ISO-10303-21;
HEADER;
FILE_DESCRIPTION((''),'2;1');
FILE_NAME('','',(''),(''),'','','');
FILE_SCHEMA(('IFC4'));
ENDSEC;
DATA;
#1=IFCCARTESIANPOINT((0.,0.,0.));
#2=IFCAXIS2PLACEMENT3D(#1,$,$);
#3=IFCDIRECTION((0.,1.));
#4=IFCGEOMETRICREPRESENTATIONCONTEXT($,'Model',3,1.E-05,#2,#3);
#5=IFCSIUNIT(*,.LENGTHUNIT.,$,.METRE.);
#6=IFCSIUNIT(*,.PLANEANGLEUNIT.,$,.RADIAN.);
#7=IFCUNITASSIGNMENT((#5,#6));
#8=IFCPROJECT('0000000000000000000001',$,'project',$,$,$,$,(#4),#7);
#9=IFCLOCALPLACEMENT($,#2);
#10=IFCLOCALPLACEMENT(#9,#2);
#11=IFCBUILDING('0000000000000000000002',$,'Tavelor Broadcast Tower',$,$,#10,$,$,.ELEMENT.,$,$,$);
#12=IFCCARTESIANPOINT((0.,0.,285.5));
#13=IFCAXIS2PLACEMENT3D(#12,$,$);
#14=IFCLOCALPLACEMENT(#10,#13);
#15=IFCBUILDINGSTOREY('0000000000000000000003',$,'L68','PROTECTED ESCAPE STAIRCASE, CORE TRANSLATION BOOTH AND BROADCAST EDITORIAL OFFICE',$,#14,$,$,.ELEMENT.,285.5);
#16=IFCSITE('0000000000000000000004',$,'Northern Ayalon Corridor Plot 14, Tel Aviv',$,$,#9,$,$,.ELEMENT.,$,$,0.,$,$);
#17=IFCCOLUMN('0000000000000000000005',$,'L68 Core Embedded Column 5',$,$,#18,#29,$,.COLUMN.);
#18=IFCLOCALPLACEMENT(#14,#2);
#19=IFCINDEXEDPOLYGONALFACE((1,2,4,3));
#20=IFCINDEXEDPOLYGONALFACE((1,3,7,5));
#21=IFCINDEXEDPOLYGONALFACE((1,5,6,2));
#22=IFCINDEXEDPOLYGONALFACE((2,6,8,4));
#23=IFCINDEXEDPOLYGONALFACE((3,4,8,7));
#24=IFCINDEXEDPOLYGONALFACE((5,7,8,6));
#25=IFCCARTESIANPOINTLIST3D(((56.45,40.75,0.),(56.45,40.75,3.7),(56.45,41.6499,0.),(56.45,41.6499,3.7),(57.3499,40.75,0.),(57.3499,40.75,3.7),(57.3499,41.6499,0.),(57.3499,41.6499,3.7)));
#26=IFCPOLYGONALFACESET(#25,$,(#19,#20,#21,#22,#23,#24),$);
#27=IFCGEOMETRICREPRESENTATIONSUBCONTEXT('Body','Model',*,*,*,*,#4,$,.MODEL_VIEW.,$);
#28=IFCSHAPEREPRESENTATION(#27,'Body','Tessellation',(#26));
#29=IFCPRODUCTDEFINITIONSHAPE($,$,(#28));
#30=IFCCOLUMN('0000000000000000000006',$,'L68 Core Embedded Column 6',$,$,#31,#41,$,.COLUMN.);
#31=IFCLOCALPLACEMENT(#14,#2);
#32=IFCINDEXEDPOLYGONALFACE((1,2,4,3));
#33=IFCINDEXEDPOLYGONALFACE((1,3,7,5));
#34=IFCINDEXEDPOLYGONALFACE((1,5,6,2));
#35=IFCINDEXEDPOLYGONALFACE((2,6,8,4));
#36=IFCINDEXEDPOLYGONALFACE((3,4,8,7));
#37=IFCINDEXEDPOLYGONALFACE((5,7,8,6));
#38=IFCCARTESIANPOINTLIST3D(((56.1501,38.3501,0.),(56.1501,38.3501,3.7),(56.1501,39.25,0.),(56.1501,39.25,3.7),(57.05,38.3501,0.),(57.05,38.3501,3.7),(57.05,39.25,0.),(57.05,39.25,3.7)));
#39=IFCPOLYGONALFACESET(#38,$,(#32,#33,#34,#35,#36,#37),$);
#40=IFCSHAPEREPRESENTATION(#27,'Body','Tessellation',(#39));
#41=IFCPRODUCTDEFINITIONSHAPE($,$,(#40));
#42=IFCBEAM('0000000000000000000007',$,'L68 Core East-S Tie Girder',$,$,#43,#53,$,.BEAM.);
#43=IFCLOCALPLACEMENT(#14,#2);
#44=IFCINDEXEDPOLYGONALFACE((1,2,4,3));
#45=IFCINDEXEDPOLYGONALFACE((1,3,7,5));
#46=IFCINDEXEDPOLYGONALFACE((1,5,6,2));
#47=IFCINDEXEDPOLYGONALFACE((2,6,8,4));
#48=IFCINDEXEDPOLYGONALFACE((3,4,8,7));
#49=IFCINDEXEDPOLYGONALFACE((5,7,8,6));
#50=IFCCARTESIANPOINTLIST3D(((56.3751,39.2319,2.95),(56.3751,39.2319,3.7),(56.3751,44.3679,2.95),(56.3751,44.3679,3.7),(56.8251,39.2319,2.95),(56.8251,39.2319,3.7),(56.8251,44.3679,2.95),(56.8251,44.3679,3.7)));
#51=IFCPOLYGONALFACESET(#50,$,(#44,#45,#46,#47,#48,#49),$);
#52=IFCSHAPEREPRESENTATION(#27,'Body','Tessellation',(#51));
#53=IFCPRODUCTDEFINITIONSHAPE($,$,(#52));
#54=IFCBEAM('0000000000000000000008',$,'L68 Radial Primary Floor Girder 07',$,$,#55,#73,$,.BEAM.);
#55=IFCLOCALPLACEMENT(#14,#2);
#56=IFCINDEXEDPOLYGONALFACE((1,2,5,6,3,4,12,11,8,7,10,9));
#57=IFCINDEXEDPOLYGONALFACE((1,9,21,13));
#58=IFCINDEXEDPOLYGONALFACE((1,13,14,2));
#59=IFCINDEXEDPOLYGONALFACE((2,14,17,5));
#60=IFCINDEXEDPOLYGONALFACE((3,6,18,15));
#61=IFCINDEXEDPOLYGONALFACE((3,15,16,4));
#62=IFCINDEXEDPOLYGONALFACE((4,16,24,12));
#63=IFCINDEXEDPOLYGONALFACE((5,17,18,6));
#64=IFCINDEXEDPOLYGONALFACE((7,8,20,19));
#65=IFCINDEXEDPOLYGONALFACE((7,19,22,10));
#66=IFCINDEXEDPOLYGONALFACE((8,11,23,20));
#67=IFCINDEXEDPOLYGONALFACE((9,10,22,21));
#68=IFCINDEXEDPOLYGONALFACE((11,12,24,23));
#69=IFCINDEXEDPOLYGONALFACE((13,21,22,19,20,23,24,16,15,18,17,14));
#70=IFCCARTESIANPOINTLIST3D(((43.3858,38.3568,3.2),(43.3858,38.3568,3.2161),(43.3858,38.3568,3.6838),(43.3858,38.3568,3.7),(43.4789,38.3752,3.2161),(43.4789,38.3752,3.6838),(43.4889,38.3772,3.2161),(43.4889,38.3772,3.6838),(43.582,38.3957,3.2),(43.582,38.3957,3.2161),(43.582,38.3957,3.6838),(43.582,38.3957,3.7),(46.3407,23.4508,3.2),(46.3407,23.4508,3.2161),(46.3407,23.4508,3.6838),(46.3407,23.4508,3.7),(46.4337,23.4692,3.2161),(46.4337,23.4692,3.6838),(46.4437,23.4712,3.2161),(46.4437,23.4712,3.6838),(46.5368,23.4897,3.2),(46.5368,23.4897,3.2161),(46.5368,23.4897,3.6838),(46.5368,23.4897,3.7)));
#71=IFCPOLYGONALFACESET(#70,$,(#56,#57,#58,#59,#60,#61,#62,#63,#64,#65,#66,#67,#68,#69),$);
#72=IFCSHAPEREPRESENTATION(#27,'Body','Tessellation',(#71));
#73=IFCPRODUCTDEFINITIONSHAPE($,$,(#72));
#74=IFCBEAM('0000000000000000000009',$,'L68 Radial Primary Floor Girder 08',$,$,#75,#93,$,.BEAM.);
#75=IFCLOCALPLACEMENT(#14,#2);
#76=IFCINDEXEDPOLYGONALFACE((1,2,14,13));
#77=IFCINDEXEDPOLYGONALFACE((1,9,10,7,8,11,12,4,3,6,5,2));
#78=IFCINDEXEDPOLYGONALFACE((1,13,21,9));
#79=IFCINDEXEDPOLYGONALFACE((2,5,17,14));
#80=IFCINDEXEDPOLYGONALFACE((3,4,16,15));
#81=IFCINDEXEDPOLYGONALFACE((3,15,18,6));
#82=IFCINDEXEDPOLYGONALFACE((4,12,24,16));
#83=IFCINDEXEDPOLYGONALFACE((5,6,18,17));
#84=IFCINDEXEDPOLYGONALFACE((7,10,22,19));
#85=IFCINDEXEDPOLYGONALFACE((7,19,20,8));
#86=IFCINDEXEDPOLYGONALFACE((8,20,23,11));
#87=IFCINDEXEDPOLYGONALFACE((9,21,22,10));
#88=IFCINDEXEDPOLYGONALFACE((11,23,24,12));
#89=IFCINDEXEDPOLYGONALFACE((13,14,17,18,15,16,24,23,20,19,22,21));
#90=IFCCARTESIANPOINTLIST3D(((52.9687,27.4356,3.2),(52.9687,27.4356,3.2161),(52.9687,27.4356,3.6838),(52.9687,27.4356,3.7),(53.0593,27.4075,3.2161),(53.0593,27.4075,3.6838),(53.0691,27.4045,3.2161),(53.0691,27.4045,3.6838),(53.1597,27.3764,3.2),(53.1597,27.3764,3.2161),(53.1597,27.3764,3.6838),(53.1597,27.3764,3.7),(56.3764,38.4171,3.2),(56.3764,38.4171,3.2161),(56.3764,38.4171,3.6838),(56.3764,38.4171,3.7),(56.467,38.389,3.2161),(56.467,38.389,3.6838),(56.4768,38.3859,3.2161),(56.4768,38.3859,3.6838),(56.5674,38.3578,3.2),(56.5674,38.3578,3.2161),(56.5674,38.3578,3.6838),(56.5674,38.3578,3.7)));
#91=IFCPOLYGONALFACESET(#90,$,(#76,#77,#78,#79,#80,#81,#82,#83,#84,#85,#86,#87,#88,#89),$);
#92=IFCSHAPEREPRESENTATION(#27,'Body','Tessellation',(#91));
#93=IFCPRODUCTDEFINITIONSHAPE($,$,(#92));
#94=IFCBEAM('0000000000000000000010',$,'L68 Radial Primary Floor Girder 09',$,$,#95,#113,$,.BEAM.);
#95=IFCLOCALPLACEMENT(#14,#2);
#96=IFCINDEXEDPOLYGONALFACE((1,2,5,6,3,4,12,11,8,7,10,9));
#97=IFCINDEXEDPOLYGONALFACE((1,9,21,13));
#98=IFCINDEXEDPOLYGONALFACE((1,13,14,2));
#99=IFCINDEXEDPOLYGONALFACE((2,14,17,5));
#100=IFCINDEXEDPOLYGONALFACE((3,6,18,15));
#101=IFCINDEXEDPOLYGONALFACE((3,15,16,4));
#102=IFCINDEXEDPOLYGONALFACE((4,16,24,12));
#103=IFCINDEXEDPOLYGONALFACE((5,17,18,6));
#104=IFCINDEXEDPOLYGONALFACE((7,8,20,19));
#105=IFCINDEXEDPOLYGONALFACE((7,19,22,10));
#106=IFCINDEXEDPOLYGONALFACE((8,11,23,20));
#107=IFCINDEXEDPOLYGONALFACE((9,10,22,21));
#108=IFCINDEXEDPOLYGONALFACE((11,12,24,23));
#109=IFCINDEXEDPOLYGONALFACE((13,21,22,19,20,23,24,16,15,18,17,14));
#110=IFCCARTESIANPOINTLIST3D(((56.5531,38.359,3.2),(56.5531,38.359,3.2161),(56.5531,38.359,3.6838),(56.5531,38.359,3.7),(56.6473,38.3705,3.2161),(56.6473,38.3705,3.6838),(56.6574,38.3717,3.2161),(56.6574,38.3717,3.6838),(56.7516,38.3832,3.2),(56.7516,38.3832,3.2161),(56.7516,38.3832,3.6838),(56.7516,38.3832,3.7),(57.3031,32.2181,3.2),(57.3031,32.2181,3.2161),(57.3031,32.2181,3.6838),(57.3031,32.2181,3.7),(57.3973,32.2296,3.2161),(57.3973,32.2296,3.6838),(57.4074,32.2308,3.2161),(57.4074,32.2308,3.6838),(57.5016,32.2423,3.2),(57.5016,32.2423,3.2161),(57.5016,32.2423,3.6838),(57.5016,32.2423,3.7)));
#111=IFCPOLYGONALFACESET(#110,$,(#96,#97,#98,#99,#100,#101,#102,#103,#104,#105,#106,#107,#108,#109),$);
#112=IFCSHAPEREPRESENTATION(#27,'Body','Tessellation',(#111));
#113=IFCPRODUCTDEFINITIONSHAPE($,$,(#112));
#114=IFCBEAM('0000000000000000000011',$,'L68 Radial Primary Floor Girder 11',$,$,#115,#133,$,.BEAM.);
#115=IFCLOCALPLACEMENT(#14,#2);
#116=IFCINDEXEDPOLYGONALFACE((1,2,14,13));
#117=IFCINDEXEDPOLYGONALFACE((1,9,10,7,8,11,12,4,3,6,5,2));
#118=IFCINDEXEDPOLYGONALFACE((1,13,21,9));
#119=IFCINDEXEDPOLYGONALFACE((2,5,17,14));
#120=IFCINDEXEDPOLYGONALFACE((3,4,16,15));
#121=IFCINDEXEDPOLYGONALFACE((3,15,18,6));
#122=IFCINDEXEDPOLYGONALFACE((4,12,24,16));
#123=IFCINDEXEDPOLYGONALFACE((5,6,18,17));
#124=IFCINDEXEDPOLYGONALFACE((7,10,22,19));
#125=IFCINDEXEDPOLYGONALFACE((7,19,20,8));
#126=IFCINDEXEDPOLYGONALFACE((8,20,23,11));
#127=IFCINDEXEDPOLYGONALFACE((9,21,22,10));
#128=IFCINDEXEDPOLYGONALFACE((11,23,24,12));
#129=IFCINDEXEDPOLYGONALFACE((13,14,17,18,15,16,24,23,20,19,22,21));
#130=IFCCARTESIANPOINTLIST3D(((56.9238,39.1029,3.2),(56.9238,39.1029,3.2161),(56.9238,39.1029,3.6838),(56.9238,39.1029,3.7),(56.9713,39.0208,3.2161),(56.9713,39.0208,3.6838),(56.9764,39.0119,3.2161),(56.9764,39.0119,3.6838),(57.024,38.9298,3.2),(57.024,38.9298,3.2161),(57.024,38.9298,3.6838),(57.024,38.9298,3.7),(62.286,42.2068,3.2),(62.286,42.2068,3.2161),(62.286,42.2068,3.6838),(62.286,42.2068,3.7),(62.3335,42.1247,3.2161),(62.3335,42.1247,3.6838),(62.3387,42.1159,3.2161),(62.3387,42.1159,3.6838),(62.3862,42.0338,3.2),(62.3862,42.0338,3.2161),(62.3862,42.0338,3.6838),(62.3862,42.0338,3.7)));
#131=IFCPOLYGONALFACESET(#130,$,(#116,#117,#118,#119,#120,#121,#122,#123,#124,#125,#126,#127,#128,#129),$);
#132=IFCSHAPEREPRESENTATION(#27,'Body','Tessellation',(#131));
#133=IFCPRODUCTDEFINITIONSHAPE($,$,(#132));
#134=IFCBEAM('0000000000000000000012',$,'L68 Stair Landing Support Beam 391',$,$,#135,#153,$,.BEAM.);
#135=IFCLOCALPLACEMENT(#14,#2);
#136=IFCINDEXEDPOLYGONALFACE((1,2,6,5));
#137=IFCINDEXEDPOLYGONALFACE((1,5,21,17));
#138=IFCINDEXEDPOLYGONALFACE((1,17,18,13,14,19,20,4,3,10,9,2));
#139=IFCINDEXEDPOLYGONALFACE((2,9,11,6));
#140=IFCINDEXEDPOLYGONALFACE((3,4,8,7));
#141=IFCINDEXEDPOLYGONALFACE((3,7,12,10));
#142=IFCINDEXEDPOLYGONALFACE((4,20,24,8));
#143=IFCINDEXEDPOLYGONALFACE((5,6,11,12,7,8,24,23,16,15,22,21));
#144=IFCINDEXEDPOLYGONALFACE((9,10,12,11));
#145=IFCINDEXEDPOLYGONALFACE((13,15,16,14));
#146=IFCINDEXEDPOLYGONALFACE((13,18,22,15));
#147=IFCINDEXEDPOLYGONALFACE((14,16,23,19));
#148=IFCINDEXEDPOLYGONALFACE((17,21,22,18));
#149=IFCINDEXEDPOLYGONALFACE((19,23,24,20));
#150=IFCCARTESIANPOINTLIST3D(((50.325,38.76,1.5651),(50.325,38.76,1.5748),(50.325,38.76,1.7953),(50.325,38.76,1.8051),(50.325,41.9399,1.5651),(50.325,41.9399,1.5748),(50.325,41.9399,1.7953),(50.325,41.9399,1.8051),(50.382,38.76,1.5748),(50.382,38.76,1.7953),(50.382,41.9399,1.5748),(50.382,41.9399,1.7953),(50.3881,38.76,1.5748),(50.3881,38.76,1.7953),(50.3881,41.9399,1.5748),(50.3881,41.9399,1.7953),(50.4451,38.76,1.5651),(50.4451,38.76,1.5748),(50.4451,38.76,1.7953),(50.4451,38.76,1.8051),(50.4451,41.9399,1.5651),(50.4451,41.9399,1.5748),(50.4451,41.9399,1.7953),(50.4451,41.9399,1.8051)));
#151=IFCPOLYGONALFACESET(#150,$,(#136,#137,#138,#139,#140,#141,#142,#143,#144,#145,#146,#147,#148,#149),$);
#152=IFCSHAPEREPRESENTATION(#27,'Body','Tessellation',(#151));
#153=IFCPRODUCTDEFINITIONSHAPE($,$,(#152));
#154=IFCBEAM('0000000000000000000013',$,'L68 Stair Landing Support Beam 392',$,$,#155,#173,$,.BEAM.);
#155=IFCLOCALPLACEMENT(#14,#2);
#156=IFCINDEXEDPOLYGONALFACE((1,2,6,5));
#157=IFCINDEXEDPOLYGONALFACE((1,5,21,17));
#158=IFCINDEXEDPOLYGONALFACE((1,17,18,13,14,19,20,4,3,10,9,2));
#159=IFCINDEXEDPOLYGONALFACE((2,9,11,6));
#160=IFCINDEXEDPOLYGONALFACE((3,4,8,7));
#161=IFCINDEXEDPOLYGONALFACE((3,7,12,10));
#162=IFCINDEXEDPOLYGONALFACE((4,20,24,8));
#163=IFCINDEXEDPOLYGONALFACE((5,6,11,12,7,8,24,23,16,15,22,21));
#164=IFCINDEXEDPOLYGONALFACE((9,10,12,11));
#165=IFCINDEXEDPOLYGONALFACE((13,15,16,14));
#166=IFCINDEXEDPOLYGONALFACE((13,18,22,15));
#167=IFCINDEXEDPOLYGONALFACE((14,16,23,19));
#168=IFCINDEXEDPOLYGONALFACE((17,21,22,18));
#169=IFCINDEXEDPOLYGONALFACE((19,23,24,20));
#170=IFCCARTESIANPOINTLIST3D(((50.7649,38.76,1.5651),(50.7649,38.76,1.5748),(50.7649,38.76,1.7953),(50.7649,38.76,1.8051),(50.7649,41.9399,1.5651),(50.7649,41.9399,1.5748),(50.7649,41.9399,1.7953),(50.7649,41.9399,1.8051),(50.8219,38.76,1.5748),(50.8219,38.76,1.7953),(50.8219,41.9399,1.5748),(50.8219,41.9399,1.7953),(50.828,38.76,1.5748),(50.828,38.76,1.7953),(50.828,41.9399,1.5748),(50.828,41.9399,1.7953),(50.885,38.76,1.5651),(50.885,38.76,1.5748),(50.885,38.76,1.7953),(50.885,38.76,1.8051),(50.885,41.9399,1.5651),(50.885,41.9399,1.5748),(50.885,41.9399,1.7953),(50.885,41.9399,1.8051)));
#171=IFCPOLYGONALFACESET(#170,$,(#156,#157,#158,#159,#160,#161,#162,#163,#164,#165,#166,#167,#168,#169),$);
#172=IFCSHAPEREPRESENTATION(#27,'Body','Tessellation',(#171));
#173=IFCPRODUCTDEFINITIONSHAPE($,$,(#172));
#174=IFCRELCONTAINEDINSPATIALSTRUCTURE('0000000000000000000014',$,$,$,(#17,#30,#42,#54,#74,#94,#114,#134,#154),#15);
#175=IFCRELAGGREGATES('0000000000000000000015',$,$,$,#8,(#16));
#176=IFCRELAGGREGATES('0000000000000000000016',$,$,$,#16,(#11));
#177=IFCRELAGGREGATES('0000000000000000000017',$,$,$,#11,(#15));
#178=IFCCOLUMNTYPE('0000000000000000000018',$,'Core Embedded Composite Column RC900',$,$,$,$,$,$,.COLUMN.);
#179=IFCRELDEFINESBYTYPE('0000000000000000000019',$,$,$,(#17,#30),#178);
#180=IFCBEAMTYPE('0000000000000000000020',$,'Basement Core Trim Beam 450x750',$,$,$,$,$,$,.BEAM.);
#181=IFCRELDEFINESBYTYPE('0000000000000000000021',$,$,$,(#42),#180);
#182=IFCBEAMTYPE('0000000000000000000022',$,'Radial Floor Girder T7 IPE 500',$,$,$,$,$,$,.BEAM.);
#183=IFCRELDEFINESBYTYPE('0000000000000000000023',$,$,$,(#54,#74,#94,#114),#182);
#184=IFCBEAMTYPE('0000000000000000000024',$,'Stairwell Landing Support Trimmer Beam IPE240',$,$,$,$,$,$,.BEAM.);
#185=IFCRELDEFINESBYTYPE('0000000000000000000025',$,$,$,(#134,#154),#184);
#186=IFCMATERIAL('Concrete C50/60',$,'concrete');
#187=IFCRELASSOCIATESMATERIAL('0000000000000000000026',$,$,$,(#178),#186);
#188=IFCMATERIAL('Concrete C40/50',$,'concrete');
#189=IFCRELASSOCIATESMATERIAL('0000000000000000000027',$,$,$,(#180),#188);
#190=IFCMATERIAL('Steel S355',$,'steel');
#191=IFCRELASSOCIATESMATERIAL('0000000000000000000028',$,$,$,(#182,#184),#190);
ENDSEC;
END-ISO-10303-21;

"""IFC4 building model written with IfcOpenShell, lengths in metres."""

from ifc_helpers import new_model, si_unit, direction, frame, origin, origin_2d, place, context, subcontext, project, spatial, rectangle, i_section, extrude, material, material_profile, profile_set, type_object, element, save


model = new_model("IFC4")

# Units and contexts
model_context = context("Model", 3, precision=1e-05, world=origin(), true_north=direction((0.0, 1.0)))
body_context = subcontext(model_context, "Body", "Model", "MODEL_VIEW")
ifc_project = project(units=[si_unit("LENGTHUNIT", "METRE"), si_unit("PLANEANGLEUNIT", "RADIAN")], contexts=[model_context])

# Site, building, storey
site_placement = place(None, origin())
site = spatial("IfcSite", under=ifc_project, at=site_placement, Name="Northern Ayalon Corridor Plot 14, Tel Aviv", CompositionType="ELEMENT", RefElevation=0.0)
building_placement = place(site_placement, origin())
building = spatial("IfcBuilding", under=site, at=building_placement, Name="Tavelor Broadcast Tower", CompositionType="ELEMENT")
storey_placement = place(building_placement, frame((0.0, 0.0, 285.5)))
storey = spatial("IfcBuildingStorey", under=building, at=storey_placement, Name="L68", Description="PROTECTED ESCAPE STAIRCASE, CORE TRANSLATION BOOTH AND BROADCAST EDITORIAL OFFICE", CompositionType="ELEMENT", Elevation=285.5)

# Columns
ifc_material_1 = material(Name="Concrete C50/60", Category="concrete")
ifc_material_profile_1 = material_profile(ifc_material_1, rectangle(XDim=0.8999, YDim=0.8999, at=origin_2d()), Name="RC 900x900")
ifc_profile_set_1 = profile_set([ifc_material_profile_1], Name="Concrete C50/60")
column_type = type_object("IfcColumnType", Name="Core Embedded Composite Column RC900", PredefinedType="COLUMN", material=ifc_profile_set_1)
for number, where, z_axis, x_axis, name in (
    (1, (56.8999, 41.2, 0.0), (0.0, 0.0, 1.0), (1.0, 0.0, 0.0), "L68 Core Embedded Column 5"),
    (2, (56.6001, 38.8, 0.0), (0.0, 0.0, 1.0), (1.0, 0.0, 0.0), "L68 Core Embedded Column 6"),
):
    element("IfcColumn", number, at=place(storey_placement, frame(where, z_axis=z_axis, x_axis=x_axis)), inside=storey, type_object=column_type, Name=name, PredefinedType="COLUMN", context=body_context, shape_type="SweptSolid", body=[
        extrude(rectangle(XDim=0.8999, YDim=0.8999, at=origin_2d()), origin(), (0.0, 0.0, 1.0), 3.7),
    ])

# Beams
ifc_material_2 = material(Name="Concrete C40/50", Category="concrete")
ifc_material_profile_2 = material_profile(ifc_material_2, rectangle(XDim=0.45, YDim=0.75, at=origin_2d()), Name="RC 450x750")
ifc_profile_set_2 = profile_set([ifc_material_profile_2], Name="Concrete C40/50")
beam_type_1 = type_object("IfcBeamType", Name="Basement Core Trim Beam 450x750", PredefinedType="BEAM", material=ifc_profile_set_2)
beam_1_placement = place(storey_placement, frame((56.6001, 39.2319, 3.325), z_axis=(0.0, 1.0, 0.0), x_axis=(-1.0, 0.0, 0.0)))
element("IfcBeam", 3, at=beam_1_placement, inside=storey, type_object=beam_type_1, Name="L68 Core East-S Tie Girder", PredefinedType="BEAM", context=body_context, shape_type="SweptSolid", body=[
    extrude(rectangle(XDim=0.45, YDim=0.75, at=origin_2d()), origin(), (0.0, 0.0, 1.0), 5.136),
])
ifc_material_3 = material(Name="Steel S355", Category="steel")
ifc_material_profile_3 = material_profile(ifc_material_3, i_section(OverallWidth=0.2, OverallDepth=0.5, WebThickness=0.0103, FlangeThickness=0.0161, at=origin_2d()), Name="IPE 500")
ifc_profile_set_3 = profile_set([ifc_material_profile_3], Name="Steel S355")
beam_type_2 = type_object("IfcBeamType", Name="Radial Floor Girder T7 IPE 500", PredefinedType="BEAM", material=ifc_profile_set_3)
beam_2_placement = place(storey_placement, frame((43.4839, 38.3762, 3.45), z_axis=(0.194447, -0.980913, 0.0), x_axis=(0.980913, 0.194447, 0.0)))
element("IfcBeam", 4, at=beam_2_placement, inside=storey, type_object=beam_type_2, Name="L68 Radial Primary Floor Girder 07", PredefinedType="BEAM", context=body_context, shape_type="SweptSolid", body=[
    extrude(i_section(OverallWidth=0.2, OverallDepth=0.5, WebThickness=0.0103, FlangeThickness=0.0161, at=origin_2d()), origin(), (0.0, 0.0, 1.0), 15.196),
])
beam_3_placement = place(storey_placement, frame((56.4719, 38.3875, 3.45), z_axis=(-0.296374, -0.955072, 0.0), x_axis=(0.955072, -0.296374, 0.0)))
element("IfcBeam", 5, at=beam_3_placement, inside=storey, type_object=beam_type_2, Name="L68 Radial Primary Floor Girder 08", PredefinedType="BEAM", context=body_context, shape_type="SweptSolid", body=[
    extrude(i_section(OverallWidth=0.2, OverallDepth=0.5, WebThickness=0.0103, FlangeThickness=0.0161, at=origin_2d()), origin(), (0.0, 0.0, 1.0), 11.498),
])
beam_4_placement = place(storey_placement, frame((56.6523, 38.3711, 3.45), z_axis=(0.121232, -0.992624, 0.0), x_axis=(0.992624, 0.121232, 0.0)))
element("IfcBeam", 6, at=beam_4_placement, inside=storey, type_object=beam_type_2, Name="L68 Radial Primary Floor Girder 09", PredefinedType="BEAM", context=body_context, shape_type="SweptSolid", body=[
    extrude(i_section(OverallWidth=0.2, OverallDepth=0.5, WebThickness=0.0103, FlangeThickness=0.0161, at=origin_2d()), origin(), (0.0, 0.0, 1.0), 6.1865),
])
beam_5_placement = place(storey_placement, frame((56.9739, 39.0164, 3.45), z_axis=(0.86546, 0.500977, 0.0), x_axis=(-0.500977, 0.86546, 0.0)))
element("IfcBeam", 7, at=beam_5_placement, inside=storey, type_object=beam_type_2, Name="L68 Radial Primary Floor Girder 11", PredefinedType="BEAM", context=body_context, shape_type="SweptSolid", body=[
    extrude(i_section(OverallWidth=0.2, OverallDepth=0.5, WebThickness=0.0103, FlangeThickness=0.0161, at=origin_2d()), origin(), (0.0, 0.0, 1.0), 6.1958),
])
ifc_material_profile_4 = material_profile(ifc_material_3, i_section(OverallWidth=0.1201, OverallDepth=0.24, WebThickness=0.0061, FlangeThickness=0.0098, at=origin_2d()), Name="IPE 240")
ifc_profile_set_4 = profile_set([ifc_material_profile_4], Name="Steel S355")
beam_type_3 = type_object("IfcBeamType", Name="Stairwell Landing Support Trimmer Beam IPE240", PredefinedType="BEAM", material=ifc_profile_set_4)
for number, where, z_axis, x_axis, name in (
    (8, (50.385, 38.76, 1.6851), (0.0, 1.0, 0.0), (-1.0, 0.0, 0.0), "L68 Stair Landing Support Beam 391"),
    (9, (50.825, 38.76, 1.6851), (0.0, 1.0, 0.0), (-1.0, 0.0, 0.0), "L68 Stair Landing Support Beam 392"),
):
    element("IfcBeam", number, at=place(storey_placement, frame(where, z_axis=z_axis, x_axis=x_axis)), inside=storey, type_object=beam_type_3, Name=name, PredefinedType="BEAM", context=body_context, shape_type="SweptSolid", body=[
        extrude(i_section(OverallWidth=0.1201, OverallDepth=0.24, WebThickness=0.0061, FlangeThickness=0.0098, at=origin_2d()), origin(), (0.0, 0.0, 1.0), 3.1799),
    ])

save(model, "model.ifc")
